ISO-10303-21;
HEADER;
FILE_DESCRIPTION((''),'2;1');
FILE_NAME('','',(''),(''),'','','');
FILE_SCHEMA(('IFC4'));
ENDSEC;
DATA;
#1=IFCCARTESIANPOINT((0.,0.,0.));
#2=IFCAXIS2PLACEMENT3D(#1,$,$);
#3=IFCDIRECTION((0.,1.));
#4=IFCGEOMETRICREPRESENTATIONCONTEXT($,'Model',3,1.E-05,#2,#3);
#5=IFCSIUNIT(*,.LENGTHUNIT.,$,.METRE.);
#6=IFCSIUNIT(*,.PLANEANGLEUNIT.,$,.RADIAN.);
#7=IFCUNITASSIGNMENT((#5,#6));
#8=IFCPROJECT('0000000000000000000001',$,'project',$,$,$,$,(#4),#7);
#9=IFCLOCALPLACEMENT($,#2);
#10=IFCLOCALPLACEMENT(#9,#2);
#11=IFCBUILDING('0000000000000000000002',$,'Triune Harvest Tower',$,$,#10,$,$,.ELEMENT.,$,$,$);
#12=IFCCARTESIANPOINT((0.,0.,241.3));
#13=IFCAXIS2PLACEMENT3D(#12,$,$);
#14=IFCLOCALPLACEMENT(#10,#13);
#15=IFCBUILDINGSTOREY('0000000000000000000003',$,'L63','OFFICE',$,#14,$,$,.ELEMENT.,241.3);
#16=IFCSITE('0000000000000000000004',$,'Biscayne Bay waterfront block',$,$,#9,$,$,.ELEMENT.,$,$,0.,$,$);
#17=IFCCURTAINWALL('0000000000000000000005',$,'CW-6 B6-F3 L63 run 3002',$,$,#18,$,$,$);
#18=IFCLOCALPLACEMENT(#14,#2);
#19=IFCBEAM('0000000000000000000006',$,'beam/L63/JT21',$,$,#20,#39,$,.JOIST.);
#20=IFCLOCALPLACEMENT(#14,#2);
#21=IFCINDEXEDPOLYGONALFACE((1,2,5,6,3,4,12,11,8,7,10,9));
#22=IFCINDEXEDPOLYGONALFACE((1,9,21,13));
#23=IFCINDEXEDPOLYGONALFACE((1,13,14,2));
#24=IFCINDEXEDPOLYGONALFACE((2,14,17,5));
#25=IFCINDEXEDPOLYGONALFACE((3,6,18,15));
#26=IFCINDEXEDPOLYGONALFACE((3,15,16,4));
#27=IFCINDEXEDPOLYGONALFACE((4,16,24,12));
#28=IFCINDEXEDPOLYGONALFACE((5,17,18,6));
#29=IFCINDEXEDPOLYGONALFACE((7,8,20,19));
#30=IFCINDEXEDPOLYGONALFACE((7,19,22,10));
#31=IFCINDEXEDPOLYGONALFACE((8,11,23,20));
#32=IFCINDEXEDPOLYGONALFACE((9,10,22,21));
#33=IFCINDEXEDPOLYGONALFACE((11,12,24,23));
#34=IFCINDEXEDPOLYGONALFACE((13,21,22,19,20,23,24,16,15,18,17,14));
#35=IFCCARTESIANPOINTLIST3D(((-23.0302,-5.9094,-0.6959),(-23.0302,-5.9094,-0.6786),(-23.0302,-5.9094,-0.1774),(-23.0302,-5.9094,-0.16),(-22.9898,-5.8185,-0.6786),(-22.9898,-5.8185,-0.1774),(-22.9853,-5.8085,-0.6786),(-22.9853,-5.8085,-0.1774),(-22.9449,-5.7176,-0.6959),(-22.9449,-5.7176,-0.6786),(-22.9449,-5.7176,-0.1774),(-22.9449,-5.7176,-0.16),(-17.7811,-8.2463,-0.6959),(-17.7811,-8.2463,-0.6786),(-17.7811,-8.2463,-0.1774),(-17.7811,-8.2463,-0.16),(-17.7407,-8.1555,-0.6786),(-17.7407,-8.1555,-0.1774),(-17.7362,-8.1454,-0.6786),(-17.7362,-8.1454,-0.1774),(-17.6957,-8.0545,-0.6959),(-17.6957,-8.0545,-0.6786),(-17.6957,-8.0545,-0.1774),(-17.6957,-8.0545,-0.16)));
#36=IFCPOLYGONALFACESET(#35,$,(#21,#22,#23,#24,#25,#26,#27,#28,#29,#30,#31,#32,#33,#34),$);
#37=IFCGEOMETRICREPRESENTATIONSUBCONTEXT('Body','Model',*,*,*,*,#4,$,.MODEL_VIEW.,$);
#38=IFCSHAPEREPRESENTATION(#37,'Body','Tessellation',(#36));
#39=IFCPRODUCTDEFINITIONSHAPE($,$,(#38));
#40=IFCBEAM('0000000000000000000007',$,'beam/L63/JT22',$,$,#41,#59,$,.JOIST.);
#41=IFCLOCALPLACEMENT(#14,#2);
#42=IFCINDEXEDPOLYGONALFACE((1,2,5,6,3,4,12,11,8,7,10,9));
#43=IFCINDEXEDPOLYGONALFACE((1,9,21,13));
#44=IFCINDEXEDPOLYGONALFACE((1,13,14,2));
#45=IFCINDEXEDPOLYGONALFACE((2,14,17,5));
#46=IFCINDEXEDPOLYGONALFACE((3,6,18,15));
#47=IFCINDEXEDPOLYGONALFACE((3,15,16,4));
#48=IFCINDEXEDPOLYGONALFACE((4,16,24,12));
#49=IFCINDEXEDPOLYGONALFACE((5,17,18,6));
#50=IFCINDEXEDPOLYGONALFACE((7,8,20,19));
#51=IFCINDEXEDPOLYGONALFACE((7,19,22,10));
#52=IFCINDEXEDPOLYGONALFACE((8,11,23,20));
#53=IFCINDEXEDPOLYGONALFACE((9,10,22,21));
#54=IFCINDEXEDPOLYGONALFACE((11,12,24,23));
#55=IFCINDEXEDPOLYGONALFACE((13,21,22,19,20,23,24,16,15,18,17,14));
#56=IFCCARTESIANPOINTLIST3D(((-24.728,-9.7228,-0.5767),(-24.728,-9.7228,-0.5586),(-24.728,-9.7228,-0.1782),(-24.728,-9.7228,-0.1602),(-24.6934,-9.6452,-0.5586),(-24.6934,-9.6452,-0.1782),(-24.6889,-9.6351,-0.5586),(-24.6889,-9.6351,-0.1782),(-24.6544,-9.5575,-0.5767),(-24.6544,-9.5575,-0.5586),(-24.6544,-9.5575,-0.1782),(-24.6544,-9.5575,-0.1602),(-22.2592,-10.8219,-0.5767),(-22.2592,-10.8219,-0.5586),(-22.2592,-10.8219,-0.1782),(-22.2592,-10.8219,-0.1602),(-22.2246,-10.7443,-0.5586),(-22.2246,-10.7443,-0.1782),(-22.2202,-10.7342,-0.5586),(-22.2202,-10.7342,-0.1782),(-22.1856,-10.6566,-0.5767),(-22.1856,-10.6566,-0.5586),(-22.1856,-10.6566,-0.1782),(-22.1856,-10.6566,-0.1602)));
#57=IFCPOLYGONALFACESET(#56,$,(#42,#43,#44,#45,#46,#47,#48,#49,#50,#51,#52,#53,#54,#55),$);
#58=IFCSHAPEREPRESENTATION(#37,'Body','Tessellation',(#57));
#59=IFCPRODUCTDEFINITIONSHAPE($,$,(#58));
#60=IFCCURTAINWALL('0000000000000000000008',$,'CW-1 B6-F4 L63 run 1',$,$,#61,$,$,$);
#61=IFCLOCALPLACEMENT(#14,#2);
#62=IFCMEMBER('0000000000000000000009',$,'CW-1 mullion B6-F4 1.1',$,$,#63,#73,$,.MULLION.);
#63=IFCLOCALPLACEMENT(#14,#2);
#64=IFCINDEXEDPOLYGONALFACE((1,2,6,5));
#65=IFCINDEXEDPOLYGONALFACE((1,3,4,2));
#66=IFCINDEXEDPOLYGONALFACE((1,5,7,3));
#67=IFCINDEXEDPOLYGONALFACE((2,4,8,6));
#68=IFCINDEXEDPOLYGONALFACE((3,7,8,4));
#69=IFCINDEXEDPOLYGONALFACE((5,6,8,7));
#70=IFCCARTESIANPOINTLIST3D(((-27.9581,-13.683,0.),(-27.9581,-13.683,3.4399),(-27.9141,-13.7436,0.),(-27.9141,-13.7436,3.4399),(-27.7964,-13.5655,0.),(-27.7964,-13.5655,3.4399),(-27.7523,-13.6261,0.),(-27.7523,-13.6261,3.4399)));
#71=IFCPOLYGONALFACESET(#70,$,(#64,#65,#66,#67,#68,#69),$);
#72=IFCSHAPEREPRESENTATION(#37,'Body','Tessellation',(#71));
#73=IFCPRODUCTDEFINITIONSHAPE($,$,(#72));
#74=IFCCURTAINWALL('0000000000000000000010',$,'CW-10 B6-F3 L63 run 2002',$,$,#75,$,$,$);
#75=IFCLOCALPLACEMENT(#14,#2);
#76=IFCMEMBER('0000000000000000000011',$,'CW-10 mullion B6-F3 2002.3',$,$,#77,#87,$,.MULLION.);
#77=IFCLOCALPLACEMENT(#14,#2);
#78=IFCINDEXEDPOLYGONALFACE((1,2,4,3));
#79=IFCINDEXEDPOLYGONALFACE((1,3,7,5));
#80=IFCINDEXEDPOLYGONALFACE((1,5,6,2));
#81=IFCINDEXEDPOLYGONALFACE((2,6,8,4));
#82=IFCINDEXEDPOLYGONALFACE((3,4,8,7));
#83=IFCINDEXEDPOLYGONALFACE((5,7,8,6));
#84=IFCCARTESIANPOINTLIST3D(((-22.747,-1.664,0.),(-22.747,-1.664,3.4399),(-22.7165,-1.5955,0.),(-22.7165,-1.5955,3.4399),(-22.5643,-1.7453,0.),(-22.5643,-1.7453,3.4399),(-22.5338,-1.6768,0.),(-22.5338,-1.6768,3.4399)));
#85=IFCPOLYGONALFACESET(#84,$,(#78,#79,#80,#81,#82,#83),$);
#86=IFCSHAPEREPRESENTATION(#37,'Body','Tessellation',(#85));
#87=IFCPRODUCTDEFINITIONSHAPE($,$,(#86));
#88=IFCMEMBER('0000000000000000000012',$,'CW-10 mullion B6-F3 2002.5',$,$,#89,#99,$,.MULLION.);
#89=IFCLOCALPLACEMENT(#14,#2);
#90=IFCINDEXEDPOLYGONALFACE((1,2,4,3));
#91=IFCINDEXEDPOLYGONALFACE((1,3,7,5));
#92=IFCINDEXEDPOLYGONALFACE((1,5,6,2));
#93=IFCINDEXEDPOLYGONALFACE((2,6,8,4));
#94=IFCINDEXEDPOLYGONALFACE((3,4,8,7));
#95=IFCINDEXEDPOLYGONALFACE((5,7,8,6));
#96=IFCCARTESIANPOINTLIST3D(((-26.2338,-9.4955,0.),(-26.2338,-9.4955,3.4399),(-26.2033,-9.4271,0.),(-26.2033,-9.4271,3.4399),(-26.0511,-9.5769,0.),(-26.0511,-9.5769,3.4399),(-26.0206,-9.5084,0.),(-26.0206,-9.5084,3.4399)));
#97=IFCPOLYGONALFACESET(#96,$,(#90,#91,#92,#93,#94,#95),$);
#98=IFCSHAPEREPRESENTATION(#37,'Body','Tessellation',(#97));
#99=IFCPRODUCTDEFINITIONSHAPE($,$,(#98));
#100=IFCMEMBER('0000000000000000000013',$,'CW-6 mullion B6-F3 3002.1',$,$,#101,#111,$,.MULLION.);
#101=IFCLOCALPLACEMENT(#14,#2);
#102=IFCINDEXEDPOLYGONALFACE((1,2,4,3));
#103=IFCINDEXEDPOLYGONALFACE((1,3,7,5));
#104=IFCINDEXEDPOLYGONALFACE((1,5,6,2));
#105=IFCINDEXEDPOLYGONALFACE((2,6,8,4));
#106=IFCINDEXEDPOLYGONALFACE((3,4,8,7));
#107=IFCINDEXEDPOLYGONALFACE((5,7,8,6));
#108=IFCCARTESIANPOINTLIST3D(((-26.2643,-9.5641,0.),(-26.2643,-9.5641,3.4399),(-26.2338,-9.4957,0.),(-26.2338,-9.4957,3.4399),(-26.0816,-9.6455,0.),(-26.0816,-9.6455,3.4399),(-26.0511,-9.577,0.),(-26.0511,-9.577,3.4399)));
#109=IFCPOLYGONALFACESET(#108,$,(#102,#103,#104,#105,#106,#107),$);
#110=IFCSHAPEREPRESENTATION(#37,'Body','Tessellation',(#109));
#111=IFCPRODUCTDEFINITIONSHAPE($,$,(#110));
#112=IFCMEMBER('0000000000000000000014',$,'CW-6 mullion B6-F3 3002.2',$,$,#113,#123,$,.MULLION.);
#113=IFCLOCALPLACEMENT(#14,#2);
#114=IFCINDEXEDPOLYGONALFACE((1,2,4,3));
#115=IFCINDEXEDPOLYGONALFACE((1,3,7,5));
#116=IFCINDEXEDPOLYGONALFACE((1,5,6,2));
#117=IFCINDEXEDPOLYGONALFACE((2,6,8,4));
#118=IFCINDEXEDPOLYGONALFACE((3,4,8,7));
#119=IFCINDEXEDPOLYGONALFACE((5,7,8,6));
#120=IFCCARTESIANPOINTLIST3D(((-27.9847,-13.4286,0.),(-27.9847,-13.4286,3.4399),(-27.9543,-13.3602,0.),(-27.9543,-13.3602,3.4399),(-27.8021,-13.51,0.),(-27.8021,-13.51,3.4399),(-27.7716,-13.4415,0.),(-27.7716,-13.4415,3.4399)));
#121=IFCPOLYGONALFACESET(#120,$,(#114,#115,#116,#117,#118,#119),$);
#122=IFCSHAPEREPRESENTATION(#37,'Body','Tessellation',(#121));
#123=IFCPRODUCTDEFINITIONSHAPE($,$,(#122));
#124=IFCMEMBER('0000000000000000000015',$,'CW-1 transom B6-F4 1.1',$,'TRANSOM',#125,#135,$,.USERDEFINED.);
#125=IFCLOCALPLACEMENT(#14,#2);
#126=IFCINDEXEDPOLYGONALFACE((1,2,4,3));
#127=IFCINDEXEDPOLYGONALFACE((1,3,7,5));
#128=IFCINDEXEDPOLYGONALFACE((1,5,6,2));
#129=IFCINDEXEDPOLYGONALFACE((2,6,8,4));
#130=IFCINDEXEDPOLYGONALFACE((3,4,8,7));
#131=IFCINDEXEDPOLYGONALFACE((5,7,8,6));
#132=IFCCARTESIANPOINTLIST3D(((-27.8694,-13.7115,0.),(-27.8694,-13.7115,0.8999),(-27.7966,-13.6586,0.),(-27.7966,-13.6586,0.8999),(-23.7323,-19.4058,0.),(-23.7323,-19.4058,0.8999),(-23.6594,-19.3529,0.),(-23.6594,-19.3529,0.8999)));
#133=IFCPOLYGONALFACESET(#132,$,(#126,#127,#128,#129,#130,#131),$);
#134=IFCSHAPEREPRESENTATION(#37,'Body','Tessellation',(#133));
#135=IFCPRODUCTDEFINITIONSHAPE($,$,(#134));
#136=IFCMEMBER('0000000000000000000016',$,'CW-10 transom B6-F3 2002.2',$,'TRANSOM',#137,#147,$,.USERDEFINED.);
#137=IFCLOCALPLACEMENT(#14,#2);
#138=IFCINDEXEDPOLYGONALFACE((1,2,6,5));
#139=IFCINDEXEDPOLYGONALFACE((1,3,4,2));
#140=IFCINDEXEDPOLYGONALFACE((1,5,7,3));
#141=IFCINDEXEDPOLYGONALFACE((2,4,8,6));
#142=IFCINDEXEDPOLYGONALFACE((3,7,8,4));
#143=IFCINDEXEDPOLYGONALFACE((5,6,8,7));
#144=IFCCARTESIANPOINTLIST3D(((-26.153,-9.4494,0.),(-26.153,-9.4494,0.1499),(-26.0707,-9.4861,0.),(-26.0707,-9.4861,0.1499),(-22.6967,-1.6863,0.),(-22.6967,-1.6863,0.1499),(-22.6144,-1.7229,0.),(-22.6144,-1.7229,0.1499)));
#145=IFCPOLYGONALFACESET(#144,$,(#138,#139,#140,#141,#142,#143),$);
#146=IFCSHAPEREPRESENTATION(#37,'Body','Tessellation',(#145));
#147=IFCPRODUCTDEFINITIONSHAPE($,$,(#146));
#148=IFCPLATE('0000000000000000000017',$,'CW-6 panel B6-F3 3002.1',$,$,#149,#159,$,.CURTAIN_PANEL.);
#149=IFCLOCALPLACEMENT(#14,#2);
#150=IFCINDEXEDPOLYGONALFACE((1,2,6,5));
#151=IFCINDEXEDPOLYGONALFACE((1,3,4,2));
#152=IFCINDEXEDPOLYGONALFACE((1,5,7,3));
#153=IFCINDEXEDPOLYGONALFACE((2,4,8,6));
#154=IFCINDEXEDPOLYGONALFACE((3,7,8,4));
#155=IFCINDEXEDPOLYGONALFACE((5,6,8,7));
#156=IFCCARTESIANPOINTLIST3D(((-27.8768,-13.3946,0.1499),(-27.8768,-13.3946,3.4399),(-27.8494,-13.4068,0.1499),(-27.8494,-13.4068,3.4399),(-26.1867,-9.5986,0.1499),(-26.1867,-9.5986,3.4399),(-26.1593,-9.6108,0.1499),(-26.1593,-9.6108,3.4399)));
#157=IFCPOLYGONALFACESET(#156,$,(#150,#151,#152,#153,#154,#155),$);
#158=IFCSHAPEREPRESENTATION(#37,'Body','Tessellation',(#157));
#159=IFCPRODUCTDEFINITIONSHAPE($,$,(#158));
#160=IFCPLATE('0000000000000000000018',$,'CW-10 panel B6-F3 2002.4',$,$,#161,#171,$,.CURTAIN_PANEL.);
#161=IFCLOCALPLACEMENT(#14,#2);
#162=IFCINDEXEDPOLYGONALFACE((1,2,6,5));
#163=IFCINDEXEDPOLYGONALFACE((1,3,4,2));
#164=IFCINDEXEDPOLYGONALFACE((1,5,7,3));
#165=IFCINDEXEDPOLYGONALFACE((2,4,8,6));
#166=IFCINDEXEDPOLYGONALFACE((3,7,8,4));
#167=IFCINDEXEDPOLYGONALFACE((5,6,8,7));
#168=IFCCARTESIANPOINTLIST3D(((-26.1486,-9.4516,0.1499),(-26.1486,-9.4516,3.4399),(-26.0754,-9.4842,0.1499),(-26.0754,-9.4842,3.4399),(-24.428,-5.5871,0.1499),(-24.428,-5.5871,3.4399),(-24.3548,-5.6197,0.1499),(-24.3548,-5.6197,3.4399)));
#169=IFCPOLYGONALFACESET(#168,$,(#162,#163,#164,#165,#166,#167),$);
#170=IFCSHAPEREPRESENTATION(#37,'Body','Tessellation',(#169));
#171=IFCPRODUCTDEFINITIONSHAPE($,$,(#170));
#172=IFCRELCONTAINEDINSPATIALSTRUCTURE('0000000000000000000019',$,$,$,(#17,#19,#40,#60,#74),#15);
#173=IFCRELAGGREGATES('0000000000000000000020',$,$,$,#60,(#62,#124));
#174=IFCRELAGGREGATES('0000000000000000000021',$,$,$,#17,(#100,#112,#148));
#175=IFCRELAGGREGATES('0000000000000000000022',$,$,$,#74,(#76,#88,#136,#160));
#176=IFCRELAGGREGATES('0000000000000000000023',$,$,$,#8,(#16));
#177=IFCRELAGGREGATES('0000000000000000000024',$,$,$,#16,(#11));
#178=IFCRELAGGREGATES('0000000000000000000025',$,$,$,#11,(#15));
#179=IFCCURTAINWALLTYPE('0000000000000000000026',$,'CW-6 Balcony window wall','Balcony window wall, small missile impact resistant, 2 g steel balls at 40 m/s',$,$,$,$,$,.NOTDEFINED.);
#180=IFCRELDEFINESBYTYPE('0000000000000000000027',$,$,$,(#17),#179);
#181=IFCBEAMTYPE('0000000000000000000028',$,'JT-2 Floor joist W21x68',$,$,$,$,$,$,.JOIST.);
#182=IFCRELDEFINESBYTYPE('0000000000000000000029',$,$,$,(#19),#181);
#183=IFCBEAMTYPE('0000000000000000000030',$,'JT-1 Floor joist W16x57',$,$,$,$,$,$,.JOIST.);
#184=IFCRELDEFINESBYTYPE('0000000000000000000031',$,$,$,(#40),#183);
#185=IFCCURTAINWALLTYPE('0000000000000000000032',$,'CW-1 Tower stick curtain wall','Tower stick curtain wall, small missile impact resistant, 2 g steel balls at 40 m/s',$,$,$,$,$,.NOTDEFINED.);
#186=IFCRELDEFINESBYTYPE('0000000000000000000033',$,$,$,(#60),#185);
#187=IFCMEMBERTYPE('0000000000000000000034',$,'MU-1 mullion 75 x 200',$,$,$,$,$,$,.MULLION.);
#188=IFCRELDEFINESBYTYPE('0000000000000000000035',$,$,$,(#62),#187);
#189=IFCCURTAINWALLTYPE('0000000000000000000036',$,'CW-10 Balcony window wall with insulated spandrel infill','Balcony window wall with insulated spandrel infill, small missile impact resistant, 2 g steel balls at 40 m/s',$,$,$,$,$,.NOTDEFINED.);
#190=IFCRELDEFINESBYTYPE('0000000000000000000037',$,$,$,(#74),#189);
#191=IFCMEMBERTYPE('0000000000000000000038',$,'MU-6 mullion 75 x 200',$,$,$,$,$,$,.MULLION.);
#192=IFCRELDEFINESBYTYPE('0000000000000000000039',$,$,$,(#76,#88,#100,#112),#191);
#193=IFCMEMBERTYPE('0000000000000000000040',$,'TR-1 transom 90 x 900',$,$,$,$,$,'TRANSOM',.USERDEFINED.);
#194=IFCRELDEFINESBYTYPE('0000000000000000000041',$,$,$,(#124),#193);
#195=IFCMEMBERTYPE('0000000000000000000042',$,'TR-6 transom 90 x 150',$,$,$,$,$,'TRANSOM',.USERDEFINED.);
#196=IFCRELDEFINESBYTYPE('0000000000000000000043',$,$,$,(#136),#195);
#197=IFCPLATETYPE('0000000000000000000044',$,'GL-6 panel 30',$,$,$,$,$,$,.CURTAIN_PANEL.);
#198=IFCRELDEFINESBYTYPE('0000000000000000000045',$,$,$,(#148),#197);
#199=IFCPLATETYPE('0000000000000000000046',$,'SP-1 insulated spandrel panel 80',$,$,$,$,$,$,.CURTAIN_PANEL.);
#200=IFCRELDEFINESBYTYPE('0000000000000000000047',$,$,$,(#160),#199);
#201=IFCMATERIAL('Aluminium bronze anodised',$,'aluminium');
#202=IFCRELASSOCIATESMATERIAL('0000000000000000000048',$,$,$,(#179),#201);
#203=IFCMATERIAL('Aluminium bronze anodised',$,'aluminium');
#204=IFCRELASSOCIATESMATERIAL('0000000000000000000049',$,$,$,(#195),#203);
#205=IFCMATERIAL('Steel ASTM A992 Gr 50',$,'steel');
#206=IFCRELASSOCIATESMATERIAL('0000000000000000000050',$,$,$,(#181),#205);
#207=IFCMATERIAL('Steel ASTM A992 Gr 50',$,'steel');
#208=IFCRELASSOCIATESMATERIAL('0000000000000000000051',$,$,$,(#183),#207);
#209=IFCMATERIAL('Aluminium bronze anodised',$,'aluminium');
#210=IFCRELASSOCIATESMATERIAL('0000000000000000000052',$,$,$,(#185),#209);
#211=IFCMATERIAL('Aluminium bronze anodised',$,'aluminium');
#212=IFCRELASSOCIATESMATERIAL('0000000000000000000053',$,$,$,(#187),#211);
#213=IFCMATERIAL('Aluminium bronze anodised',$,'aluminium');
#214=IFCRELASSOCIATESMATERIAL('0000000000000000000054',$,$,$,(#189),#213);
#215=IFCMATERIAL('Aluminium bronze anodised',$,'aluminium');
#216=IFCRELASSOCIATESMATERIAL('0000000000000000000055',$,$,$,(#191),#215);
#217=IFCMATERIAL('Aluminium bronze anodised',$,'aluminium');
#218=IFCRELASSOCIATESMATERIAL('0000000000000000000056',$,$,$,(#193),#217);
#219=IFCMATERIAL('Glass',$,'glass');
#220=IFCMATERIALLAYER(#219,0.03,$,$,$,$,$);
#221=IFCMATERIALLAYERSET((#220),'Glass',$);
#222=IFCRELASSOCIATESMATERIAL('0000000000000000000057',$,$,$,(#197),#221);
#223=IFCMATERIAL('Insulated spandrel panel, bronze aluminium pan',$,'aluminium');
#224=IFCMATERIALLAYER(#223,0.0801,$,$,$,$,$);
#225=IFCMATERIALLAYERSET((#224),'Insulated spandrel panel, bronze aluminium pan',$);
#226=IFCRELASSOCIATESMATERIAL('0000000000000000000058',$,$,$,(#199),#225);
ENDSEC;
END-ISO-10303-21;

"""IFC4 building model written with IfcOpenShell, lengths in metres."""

from ifc_helpers import new_model, si_unit, direction, frame, origin, origin_2d, place, context, subcontext, project, spatial, rectangle, i_section, extrude, source, transform, mapped, material, layer, layer_set, material_profile, profile_set, type_object, element, aggregate, save


model = new_model("IFC4")

# Units and contexts
model_context = context("Model", 3, precision=1e-05, world=origin(), true_north=direction((0.0, 1.0)))
body_context = subcontext(model_context, "Body", "Model", "MODEL_VIEW")
ifc_project = project(units=[si_unit("LENGTHUNIT", "METRE"), si_unit("PLANEANGLEUNIT", "RADIAN")], contexts=[model_context])

# Site, building, storey
site_placement = place(None, origin())
site = spatial("IfcSite", under=ifc_project, at=site_placement, Name="Biscayne Bay waterfront block", CompositionType="ELEMENT", RefElevation=0.0)
building_placement = place(site_placement, origin())
building = spatial("IfcBuilding", under=site, at=building_placement, Name="Triune Harvest Tower", CompositionType="ELEMENT")
storey_placement = place(building_placement, frame((0.0, 0.0, 241.3)))
storey = spatial("IfcBuildingStorey", under=building, at=storey_placement, Name="L63", Description="OFFICE", CompositionType="ELEMENT", Elevation=241.3)

# Curtain wall
ifc_material_1 = material(Name="Aluminium bronze anodised", Category="aluminium")
curtain_wall_type_1 = type_object("IfcCurtainWallType", Name="CW-6 Balcony window wall", Description="Balcony window wall, small missile impact resistant, 2 g steel balls at 40 m/s", PredefinedType="NOTDEFINED", material=ifc_material_1)
curtain_wall_1_placement = place(storey_placement, origin())
curtain_wall_1 = element("IfcCurtainWall", 1, at=curtain_wall_1_placement, inside=storey, type_object=curtain_wall_type_1, Name="CW-6 B6-F3 L63 run 3002")
ifc_material_2 = material(Name="Aluminium bronze anodised", Category="aluminium")
ifc_material_profile_1 = material_profile(ifc_material_2, rectangle(XDim=0.0901, YDim=0.1499, at=origin_2d()), Name="TR-6 transom 90 x 150")
ifc_profile_set_1 = profile_set([ifc_material_profile_1], Name="Aluminium bronze anodised")
member_type_1 = type_object("IfcMemberType", Name="TR-6 transom 90 x 150", ElementType="TRANSOM", PredefinedType="USERDEFINED", material=ifc_profile_set_1)

# Beams
ifc_material_3 = material(Name="Steel ASTM A992 Gr 50", Category="steel")
ifc_material_profile_2 = material_profile(ifc_material_3, i_section(OverallWidth=0.21, OverallDepth=0.5359, WebThickness=0.011, FlangeThickness=0.0173, at=origin_2d()), Name="W21x68")
ifc_profile_set_2 = profile_set([ifc_material_profile_2], Name="Steel ASTM A992 Gr 50")
beam_type_1 = type_object("IfcBeamType", Name="JT-2 Floor joist W21x68", PredefinedType="JOIST", material=ifc_profile_set_2)
shared_shape_1 = source(origin(), body_context, "Body", "SweptSolid", [
    extrude(i_section(OverallWidth=0.21, OverallDepth=0.5359, WebThickness=0.011, FlangeThickness=0.0173, at=origin_2d()), origin(), (0.0, 0.0, 1.0), 5.7458),
])
beam_1_placement = place(storey_placement, frame((-22.9875, -5.8135, -0.428), z_axis=(0.913552, -0.406722, 0.0), x_axis=(0.406722, 0.913552, 0.0)))
element("IfcBeam", 2, at=beam_1_placement, inside=storey, type_object=beam_type_1, Name="beam/L63/JT21", PredefinedType="JOIST", context=body_context, shape_type="MappedRepresentation", body=[
    mapped(shared_shape_1, transform((0.0, 0.0, 0.0), scale=1.0)),
])
ifc_material_4 = material(Name="Steel ASTM A992 Gr 50", Category="steel")
ifc_material_profile_3 = material_profile(ifc_material_4, i_section(OverallWidth=0.1809, OverallDepth=0.4165, WebThickness=0.011, FlangeThickness=0.0181, at=origin_2d()), Name="W16x57")
ifc_profile_set_3 = profile_set([ifc_material_profile_3], Name="Steel ASTM A992 Gr 50")
beam_type_2 = type_object("IfcBeamType", Name="JT-1 Floor joist W16x57", PredefinedType="JOIST", material=ifc_profile_set_3)
shared_shape_2 = source(origin(), body_context, "Body", "SweptSolid", [
    extrude(i_section(OverallWidth=0.1809, OverallDepth=0.4165, WebThickness=0.011, FlangeThickness=0.0181, at=origin_2d()), origin(), (0.0, 0.0, 1.0), 2.7024),
])
beam_2_placement = place(storey_placement, frame((-24.6912, -9.6401, -0.3684), z_axis=(0.913551, -0.406725, 0.0), x_axis=(0.406725, 0.913551, 0.0)))
element("IfcBeam", 3, at=beam_2_placement, inside=storey, type_object=beam_type_2, Name="beam/L63/JT22", PredefinedType="JOIST", context=body_context, shape_type="MappedRepresentation", body=[
    mapped(shared_shape_2, transform((0.0, 0.0, 0.0), scale=1.0)),
])

# Curtain wall, member
ifc_material_5 = material(Name="Aluminium bronze anodised", Category="aluminium")
curtain_wall_type_2 = type_object("IfcCurtainWallType", Name="CW-1 Tower stick curtain wall", Description="Tower stick curtain wall, small missile impact resistant, 2 g steel balls at 40 m/s", PredefinedType="NOTDEFINED", material=ifc_material_5)
curtain_wall_2_placement = place(storey_placement, origin())
curtain_wall_2 = element("IfcCurtainWall", 4, at=curtain_wall_2_placement, inside=storey, type_object=curtain_wall_type_2, Name="CW-1 B6-F4 L63 run 1")
ifc_material_6 = material(Name="Aluminium bronze anodised", Category="aluminium")
ifc_material_profile_4 = material_profile(ifc_material_6, rectangle(XDim=0.2, YDim=0.075, at=origin_2d()), Name="MU-1 mullion 75 x 200")
ifc_profile_set_4 = profile_set([ifc_material_profile_4], Name="Aluminium bronze anodised")
member_type_2 = type_object("IfcMemberType", Name="MU-1 mullion 75 x 200", PredefinedType="MULLION", material=ifc_profile_set_4)
shared_shape_3 = source(origin(), body_context, "Body", "SweptSolid", [
    extrude(rectangle(XDim=0.2, YDim=0.075, at=origin_2d()), origin(), (0.0, 0.0, 1.0), 3.4399),
])
member_1_placement = place(storey_placement, frame((-27.8552, -13.6545, 0.0), z_axis=(0.0, 0.0, 1.0), x_axis=(0.809014, 0.587789, 0.0)))
member_1 = element("IfcMember", 5, at=member_1_placement, type_object=member_type_2, Name="CW-1 mullion B6-F4 1.1", PredefinedType="MULLION", context=body_context, shape_type="MappedRepresentation", body=[
    mapped(shared_shape_3, transform((0.0, 0.0, 0.0), scale=1.0)),
])

# Curtain wall, members
ifc_material_7 = material(Name="Aluminium bronze anodised", Category="aluminium")
curtain_wall_type_3 = type_object("IfcCurtainWallType", Name="CW-10 Balcony window wall with insulated spandrel infill", Description="Balcony window wall with insulated spandrel infill, small missile impact resistant, 2 g steel balls at 40 m/s", PredefinedType="NOTDEFINED", material=ifc_material_7)
curtain_wall_3_placement = place(storey_placement, origin())
curtain_wall_3 = element("IfcCurtainWall", 6, at=curtain_wall_3_placement, inside=storey, type_object=curtain_wall_type_3, Name="CW-10 B6-F3 L63 run 2002")
ifc_material_8 = material(Name="Aluminium bronze anodised", Category="aluminium")
ifc_material_profile_5 = material_profile(ifc_material_8, rectangle(XDim=0.2, YDim=0.075, at=origin_2d()), Name="MU-6 mullion 75 x 200")
ifc_profile_set_5 = profile_set([ifc_material_profile_5], Name="Aluminium bronze anodised")
member_type_3 = type_object("IfcMemberType", Name="MU-6 mullion 75 x 200", PredefinedType="MULLION", material=ifc_profile_set_5)
shared_shape_4 = source(origin(), body_context, "Body", "SweptSolid", [
    extrude(rectangle(XDim=0.2, YDim=0.075, at=origin_2d()), origin(), (0.0, 0.0, 1.0), 3.4399),
])
member_2_placement = place(storey_placement, frame((-22.6404, -1.6704, 0.0), z_axis=(0.0, 0.0, 1.0), x_axis=(0.913546, -0.406736, 0.0)))
member_2 = element("IfcMember", 7, at=member_2_placement, type_object=member_type_3, Name="CW-10 mullion B6-F3 2002.3", PredefinedType="MULLION", context=body_context, shape_type="MappedRepresentation", body=[
    mapped(shared_shape_4, transform((0.0, 0.0, 0.0), scale=1.0)),
])
member_3_placement = place(storey_placement, frame((-26.1272, -9.502, 0.0), z_axis=(0.0, 0.0, 1.0), x_axis=(0.913546, -0.406736, 0.0)))
member_3 = element("IfcMember", 8, at=member_3_placement, type_object=member_type_3, Name="CW-10 mullion B6-F3 2002.5", PredefinedType="MULLION", context=body_context, shape_type="MappedRepresentation", body=[
    mapped(shared_shape_4, transform((0.0, 0.0, 0.0), scale=1.0)),
])

# Members
member_4_placement = place(storey_placement, frame((-26.1577, -9.5706, 0.0), z_axis=(0.0, 0.0, 1.0), x_axis=(0.913544, -0.40674, 0.0)))
member_4 = element("IfcMember", 9, at=member_4_placement, type_object=member_type_3, Name="CW-6 mullion B6-F3 3002.1", PredefinedType="MULLION", context=body_context, shape_type="MappedRepresentation", body=[
    mapped(shared_shape_4, transform((0.0, 0.0, 0.0), scale=1.0)),
])
member_5_placement = place(storey_placement, frame((-27.8782, -13.4351, 0.0), z_axis=(0.0, 0.0, 1.0), x_axis=(0.913544, -0.40674, 0.0)))
member_5 = element("IfcMember", 10, at=member_5_placement, type_object=member_type_3, Name="CW-6 mullion B6-F3 3002.2", PredefinedType="MULLION", context=body_context, shape_type="MappedRepresentation", body=[
    mapped(shared_shape_4, transform((0.0, 0.0, 0.0), scale=1.0)),
])
ifc_material_9 = material(Name="Aluminium bronze anodised", Category="aluminium")
ifc_material_profile_6 = material_profile(ifc_material_9, rectangle(XDim=0.0901, YDim=0.8999, at=origin_2d()), Name="TR-1 transom 90 x 900")
ifc_profile_set_6 = profile_set([ifc_material_profile_6], Name="Aluminium bronze anodised")
member_type_4 = type_object("IfcMemberType", Name="TR-1 transom 90 x 900", ElementType="TRANSOM", PredefinedType="USERDEFINED", material=ifc_profile_set_6)
shared_shape_5 = source(origin(), body_context, "Body", "SweptSolid", [
    extrude(rectangle(XDim=0.0901, YDim=0.8999, at=origin_2d()), origin(), (0.0, 0.0, 1.0), 7.0386),
])
member_6_placement = place(storey_placement, frame((-27.833, -13.6851, 0.45), z_axis=(0.587788, -0.809015, 0.0), x_axis=(0.809015, 0.587788, 0.0)))
member_6 = element("IfcMember", 11, at=member_6_placement, type_object=member_type_4, Name="CW-1 transom B6-F4 1.1", ObjectType="TRANSOM", PredefinedType="USERDEFINED", context=body_context, shape_type="MappedRepresentation", body=[
    mapped(shared_shape_5, transform((0.0, 0.0, 0.0), scale=1.0)),
])
aggregate(curtain_wall_2, [member_1, member_6])
shared_shape_6 = source(origin(), body_context, "Body", "SweptSolid", [
    extrude(rectangle(XDim=0.0901, YDim=0.1499, at=origin_2d()), origin(), (0.0, 0.0, 1.0), 8.4978),
])
member_7_placement = place(storey_placement, frame((-22.6555, -1.7046, 0.075), z_axis=(-0.406727, -0.91355, 0.0), x_axis=(0.91355, -0.406727, 0.0)))
member_7 = element("IfcMember", 12, at=member_7_placement, type_object=member_type_1, Name="CW-10 transom B6-F3 2002.2", ObjectType="TRANSOM", PredefinedType="USERDEFINED", context=body_context, shape_type="MappedRepresentation", body=[
    mapped(shared_shape_6, transform((0.0, 0.0, 0.0), scale=1.0)),
])

# Plates
ifc_material_10 = material(Name="Glass", Category="glass")
ifc_layer_1 = layer(ifc_material_10, 0.03)
ifc_layer_set_1 = layer_set([ifc_layer_1], Name="Glass")
plate_type_1 = type_object("IfcPlateType", Name="GL-6 panel 30", PredefinedType="CURTAIN_PANEL", material=ifc_layer_set_1)
plate_1_placement = place(storey_placement, frame((-27.0181, -11.5027, 0.1499), z_axis=(0.0, 0.0, 1.0), x_axis=(-0.40674, -0.913544, 0.0)))
plate_1 = element("IfcPlate", 13, at=plate_1_placement, type_object=plate_type_1, Name="CW-6 panel B6-F3 3002.1", PredefinedType="CURTAIN_PANEL", context=body_context, shape_type="SweptSolid", body=[
    extrude(rectangle(XDim=4.1553, YDim=0.03, at=origin_2d()), origin(), (0.0, 0.0, 1.0), 3.29),
])
aggregate(curtain_wall_1, [member_4, member_5, plate_1])
ifc_material_11 = material(Name="Insulated spandrel panel, bronze aluminium pan", Category="aluminium")
ifc_layer_2 = layer(ifc_material_11, 0.0801)
ifc_layer_set_2 = layer_set([ifc_layer_2], Name="Insulated spandrel panel, bronze aluminium pan")
plate_type_2 = type_object("IfcPlateType", Name="SP-1 insulated spandrel panel 80", PredefinedType="CURTAIN_PANEL", material=ifc_layer_set_2)
shared_shape_7 = source(origin(), body_context, "Body", "SweptSolid", [
    extrude(rectangle(XDim=4.2302, YDim=0.0801, at=origin_2d()), origin(), (0.0, 0.0, 1.0), 3.29),
])
plate_2_placement = place(storey_placement, frame((-25.2517, -7.5356, 0.1499), z_axis=(0.0, 0.0, 1.0), x_axis=(-0.406736, -0.913546, 0.0)))
plate_2 = element("IfcPlate", 14, at=plate_2_placement, type_object=plate_type_2, Name="CW-10 panel B6-F3 2002.4", PredefinedType="CURTAIN_PANEL", context=body_context, shape_type="MappedRepresentation", body=[
    mapped(shared_shape_7, transform((0.0, 0.0, 0.0), scale=1.0)),
])
aggregate(curtain_wall_3, [member_2, member_3, member_7, plate_2])

save(model, "model.ifc")
